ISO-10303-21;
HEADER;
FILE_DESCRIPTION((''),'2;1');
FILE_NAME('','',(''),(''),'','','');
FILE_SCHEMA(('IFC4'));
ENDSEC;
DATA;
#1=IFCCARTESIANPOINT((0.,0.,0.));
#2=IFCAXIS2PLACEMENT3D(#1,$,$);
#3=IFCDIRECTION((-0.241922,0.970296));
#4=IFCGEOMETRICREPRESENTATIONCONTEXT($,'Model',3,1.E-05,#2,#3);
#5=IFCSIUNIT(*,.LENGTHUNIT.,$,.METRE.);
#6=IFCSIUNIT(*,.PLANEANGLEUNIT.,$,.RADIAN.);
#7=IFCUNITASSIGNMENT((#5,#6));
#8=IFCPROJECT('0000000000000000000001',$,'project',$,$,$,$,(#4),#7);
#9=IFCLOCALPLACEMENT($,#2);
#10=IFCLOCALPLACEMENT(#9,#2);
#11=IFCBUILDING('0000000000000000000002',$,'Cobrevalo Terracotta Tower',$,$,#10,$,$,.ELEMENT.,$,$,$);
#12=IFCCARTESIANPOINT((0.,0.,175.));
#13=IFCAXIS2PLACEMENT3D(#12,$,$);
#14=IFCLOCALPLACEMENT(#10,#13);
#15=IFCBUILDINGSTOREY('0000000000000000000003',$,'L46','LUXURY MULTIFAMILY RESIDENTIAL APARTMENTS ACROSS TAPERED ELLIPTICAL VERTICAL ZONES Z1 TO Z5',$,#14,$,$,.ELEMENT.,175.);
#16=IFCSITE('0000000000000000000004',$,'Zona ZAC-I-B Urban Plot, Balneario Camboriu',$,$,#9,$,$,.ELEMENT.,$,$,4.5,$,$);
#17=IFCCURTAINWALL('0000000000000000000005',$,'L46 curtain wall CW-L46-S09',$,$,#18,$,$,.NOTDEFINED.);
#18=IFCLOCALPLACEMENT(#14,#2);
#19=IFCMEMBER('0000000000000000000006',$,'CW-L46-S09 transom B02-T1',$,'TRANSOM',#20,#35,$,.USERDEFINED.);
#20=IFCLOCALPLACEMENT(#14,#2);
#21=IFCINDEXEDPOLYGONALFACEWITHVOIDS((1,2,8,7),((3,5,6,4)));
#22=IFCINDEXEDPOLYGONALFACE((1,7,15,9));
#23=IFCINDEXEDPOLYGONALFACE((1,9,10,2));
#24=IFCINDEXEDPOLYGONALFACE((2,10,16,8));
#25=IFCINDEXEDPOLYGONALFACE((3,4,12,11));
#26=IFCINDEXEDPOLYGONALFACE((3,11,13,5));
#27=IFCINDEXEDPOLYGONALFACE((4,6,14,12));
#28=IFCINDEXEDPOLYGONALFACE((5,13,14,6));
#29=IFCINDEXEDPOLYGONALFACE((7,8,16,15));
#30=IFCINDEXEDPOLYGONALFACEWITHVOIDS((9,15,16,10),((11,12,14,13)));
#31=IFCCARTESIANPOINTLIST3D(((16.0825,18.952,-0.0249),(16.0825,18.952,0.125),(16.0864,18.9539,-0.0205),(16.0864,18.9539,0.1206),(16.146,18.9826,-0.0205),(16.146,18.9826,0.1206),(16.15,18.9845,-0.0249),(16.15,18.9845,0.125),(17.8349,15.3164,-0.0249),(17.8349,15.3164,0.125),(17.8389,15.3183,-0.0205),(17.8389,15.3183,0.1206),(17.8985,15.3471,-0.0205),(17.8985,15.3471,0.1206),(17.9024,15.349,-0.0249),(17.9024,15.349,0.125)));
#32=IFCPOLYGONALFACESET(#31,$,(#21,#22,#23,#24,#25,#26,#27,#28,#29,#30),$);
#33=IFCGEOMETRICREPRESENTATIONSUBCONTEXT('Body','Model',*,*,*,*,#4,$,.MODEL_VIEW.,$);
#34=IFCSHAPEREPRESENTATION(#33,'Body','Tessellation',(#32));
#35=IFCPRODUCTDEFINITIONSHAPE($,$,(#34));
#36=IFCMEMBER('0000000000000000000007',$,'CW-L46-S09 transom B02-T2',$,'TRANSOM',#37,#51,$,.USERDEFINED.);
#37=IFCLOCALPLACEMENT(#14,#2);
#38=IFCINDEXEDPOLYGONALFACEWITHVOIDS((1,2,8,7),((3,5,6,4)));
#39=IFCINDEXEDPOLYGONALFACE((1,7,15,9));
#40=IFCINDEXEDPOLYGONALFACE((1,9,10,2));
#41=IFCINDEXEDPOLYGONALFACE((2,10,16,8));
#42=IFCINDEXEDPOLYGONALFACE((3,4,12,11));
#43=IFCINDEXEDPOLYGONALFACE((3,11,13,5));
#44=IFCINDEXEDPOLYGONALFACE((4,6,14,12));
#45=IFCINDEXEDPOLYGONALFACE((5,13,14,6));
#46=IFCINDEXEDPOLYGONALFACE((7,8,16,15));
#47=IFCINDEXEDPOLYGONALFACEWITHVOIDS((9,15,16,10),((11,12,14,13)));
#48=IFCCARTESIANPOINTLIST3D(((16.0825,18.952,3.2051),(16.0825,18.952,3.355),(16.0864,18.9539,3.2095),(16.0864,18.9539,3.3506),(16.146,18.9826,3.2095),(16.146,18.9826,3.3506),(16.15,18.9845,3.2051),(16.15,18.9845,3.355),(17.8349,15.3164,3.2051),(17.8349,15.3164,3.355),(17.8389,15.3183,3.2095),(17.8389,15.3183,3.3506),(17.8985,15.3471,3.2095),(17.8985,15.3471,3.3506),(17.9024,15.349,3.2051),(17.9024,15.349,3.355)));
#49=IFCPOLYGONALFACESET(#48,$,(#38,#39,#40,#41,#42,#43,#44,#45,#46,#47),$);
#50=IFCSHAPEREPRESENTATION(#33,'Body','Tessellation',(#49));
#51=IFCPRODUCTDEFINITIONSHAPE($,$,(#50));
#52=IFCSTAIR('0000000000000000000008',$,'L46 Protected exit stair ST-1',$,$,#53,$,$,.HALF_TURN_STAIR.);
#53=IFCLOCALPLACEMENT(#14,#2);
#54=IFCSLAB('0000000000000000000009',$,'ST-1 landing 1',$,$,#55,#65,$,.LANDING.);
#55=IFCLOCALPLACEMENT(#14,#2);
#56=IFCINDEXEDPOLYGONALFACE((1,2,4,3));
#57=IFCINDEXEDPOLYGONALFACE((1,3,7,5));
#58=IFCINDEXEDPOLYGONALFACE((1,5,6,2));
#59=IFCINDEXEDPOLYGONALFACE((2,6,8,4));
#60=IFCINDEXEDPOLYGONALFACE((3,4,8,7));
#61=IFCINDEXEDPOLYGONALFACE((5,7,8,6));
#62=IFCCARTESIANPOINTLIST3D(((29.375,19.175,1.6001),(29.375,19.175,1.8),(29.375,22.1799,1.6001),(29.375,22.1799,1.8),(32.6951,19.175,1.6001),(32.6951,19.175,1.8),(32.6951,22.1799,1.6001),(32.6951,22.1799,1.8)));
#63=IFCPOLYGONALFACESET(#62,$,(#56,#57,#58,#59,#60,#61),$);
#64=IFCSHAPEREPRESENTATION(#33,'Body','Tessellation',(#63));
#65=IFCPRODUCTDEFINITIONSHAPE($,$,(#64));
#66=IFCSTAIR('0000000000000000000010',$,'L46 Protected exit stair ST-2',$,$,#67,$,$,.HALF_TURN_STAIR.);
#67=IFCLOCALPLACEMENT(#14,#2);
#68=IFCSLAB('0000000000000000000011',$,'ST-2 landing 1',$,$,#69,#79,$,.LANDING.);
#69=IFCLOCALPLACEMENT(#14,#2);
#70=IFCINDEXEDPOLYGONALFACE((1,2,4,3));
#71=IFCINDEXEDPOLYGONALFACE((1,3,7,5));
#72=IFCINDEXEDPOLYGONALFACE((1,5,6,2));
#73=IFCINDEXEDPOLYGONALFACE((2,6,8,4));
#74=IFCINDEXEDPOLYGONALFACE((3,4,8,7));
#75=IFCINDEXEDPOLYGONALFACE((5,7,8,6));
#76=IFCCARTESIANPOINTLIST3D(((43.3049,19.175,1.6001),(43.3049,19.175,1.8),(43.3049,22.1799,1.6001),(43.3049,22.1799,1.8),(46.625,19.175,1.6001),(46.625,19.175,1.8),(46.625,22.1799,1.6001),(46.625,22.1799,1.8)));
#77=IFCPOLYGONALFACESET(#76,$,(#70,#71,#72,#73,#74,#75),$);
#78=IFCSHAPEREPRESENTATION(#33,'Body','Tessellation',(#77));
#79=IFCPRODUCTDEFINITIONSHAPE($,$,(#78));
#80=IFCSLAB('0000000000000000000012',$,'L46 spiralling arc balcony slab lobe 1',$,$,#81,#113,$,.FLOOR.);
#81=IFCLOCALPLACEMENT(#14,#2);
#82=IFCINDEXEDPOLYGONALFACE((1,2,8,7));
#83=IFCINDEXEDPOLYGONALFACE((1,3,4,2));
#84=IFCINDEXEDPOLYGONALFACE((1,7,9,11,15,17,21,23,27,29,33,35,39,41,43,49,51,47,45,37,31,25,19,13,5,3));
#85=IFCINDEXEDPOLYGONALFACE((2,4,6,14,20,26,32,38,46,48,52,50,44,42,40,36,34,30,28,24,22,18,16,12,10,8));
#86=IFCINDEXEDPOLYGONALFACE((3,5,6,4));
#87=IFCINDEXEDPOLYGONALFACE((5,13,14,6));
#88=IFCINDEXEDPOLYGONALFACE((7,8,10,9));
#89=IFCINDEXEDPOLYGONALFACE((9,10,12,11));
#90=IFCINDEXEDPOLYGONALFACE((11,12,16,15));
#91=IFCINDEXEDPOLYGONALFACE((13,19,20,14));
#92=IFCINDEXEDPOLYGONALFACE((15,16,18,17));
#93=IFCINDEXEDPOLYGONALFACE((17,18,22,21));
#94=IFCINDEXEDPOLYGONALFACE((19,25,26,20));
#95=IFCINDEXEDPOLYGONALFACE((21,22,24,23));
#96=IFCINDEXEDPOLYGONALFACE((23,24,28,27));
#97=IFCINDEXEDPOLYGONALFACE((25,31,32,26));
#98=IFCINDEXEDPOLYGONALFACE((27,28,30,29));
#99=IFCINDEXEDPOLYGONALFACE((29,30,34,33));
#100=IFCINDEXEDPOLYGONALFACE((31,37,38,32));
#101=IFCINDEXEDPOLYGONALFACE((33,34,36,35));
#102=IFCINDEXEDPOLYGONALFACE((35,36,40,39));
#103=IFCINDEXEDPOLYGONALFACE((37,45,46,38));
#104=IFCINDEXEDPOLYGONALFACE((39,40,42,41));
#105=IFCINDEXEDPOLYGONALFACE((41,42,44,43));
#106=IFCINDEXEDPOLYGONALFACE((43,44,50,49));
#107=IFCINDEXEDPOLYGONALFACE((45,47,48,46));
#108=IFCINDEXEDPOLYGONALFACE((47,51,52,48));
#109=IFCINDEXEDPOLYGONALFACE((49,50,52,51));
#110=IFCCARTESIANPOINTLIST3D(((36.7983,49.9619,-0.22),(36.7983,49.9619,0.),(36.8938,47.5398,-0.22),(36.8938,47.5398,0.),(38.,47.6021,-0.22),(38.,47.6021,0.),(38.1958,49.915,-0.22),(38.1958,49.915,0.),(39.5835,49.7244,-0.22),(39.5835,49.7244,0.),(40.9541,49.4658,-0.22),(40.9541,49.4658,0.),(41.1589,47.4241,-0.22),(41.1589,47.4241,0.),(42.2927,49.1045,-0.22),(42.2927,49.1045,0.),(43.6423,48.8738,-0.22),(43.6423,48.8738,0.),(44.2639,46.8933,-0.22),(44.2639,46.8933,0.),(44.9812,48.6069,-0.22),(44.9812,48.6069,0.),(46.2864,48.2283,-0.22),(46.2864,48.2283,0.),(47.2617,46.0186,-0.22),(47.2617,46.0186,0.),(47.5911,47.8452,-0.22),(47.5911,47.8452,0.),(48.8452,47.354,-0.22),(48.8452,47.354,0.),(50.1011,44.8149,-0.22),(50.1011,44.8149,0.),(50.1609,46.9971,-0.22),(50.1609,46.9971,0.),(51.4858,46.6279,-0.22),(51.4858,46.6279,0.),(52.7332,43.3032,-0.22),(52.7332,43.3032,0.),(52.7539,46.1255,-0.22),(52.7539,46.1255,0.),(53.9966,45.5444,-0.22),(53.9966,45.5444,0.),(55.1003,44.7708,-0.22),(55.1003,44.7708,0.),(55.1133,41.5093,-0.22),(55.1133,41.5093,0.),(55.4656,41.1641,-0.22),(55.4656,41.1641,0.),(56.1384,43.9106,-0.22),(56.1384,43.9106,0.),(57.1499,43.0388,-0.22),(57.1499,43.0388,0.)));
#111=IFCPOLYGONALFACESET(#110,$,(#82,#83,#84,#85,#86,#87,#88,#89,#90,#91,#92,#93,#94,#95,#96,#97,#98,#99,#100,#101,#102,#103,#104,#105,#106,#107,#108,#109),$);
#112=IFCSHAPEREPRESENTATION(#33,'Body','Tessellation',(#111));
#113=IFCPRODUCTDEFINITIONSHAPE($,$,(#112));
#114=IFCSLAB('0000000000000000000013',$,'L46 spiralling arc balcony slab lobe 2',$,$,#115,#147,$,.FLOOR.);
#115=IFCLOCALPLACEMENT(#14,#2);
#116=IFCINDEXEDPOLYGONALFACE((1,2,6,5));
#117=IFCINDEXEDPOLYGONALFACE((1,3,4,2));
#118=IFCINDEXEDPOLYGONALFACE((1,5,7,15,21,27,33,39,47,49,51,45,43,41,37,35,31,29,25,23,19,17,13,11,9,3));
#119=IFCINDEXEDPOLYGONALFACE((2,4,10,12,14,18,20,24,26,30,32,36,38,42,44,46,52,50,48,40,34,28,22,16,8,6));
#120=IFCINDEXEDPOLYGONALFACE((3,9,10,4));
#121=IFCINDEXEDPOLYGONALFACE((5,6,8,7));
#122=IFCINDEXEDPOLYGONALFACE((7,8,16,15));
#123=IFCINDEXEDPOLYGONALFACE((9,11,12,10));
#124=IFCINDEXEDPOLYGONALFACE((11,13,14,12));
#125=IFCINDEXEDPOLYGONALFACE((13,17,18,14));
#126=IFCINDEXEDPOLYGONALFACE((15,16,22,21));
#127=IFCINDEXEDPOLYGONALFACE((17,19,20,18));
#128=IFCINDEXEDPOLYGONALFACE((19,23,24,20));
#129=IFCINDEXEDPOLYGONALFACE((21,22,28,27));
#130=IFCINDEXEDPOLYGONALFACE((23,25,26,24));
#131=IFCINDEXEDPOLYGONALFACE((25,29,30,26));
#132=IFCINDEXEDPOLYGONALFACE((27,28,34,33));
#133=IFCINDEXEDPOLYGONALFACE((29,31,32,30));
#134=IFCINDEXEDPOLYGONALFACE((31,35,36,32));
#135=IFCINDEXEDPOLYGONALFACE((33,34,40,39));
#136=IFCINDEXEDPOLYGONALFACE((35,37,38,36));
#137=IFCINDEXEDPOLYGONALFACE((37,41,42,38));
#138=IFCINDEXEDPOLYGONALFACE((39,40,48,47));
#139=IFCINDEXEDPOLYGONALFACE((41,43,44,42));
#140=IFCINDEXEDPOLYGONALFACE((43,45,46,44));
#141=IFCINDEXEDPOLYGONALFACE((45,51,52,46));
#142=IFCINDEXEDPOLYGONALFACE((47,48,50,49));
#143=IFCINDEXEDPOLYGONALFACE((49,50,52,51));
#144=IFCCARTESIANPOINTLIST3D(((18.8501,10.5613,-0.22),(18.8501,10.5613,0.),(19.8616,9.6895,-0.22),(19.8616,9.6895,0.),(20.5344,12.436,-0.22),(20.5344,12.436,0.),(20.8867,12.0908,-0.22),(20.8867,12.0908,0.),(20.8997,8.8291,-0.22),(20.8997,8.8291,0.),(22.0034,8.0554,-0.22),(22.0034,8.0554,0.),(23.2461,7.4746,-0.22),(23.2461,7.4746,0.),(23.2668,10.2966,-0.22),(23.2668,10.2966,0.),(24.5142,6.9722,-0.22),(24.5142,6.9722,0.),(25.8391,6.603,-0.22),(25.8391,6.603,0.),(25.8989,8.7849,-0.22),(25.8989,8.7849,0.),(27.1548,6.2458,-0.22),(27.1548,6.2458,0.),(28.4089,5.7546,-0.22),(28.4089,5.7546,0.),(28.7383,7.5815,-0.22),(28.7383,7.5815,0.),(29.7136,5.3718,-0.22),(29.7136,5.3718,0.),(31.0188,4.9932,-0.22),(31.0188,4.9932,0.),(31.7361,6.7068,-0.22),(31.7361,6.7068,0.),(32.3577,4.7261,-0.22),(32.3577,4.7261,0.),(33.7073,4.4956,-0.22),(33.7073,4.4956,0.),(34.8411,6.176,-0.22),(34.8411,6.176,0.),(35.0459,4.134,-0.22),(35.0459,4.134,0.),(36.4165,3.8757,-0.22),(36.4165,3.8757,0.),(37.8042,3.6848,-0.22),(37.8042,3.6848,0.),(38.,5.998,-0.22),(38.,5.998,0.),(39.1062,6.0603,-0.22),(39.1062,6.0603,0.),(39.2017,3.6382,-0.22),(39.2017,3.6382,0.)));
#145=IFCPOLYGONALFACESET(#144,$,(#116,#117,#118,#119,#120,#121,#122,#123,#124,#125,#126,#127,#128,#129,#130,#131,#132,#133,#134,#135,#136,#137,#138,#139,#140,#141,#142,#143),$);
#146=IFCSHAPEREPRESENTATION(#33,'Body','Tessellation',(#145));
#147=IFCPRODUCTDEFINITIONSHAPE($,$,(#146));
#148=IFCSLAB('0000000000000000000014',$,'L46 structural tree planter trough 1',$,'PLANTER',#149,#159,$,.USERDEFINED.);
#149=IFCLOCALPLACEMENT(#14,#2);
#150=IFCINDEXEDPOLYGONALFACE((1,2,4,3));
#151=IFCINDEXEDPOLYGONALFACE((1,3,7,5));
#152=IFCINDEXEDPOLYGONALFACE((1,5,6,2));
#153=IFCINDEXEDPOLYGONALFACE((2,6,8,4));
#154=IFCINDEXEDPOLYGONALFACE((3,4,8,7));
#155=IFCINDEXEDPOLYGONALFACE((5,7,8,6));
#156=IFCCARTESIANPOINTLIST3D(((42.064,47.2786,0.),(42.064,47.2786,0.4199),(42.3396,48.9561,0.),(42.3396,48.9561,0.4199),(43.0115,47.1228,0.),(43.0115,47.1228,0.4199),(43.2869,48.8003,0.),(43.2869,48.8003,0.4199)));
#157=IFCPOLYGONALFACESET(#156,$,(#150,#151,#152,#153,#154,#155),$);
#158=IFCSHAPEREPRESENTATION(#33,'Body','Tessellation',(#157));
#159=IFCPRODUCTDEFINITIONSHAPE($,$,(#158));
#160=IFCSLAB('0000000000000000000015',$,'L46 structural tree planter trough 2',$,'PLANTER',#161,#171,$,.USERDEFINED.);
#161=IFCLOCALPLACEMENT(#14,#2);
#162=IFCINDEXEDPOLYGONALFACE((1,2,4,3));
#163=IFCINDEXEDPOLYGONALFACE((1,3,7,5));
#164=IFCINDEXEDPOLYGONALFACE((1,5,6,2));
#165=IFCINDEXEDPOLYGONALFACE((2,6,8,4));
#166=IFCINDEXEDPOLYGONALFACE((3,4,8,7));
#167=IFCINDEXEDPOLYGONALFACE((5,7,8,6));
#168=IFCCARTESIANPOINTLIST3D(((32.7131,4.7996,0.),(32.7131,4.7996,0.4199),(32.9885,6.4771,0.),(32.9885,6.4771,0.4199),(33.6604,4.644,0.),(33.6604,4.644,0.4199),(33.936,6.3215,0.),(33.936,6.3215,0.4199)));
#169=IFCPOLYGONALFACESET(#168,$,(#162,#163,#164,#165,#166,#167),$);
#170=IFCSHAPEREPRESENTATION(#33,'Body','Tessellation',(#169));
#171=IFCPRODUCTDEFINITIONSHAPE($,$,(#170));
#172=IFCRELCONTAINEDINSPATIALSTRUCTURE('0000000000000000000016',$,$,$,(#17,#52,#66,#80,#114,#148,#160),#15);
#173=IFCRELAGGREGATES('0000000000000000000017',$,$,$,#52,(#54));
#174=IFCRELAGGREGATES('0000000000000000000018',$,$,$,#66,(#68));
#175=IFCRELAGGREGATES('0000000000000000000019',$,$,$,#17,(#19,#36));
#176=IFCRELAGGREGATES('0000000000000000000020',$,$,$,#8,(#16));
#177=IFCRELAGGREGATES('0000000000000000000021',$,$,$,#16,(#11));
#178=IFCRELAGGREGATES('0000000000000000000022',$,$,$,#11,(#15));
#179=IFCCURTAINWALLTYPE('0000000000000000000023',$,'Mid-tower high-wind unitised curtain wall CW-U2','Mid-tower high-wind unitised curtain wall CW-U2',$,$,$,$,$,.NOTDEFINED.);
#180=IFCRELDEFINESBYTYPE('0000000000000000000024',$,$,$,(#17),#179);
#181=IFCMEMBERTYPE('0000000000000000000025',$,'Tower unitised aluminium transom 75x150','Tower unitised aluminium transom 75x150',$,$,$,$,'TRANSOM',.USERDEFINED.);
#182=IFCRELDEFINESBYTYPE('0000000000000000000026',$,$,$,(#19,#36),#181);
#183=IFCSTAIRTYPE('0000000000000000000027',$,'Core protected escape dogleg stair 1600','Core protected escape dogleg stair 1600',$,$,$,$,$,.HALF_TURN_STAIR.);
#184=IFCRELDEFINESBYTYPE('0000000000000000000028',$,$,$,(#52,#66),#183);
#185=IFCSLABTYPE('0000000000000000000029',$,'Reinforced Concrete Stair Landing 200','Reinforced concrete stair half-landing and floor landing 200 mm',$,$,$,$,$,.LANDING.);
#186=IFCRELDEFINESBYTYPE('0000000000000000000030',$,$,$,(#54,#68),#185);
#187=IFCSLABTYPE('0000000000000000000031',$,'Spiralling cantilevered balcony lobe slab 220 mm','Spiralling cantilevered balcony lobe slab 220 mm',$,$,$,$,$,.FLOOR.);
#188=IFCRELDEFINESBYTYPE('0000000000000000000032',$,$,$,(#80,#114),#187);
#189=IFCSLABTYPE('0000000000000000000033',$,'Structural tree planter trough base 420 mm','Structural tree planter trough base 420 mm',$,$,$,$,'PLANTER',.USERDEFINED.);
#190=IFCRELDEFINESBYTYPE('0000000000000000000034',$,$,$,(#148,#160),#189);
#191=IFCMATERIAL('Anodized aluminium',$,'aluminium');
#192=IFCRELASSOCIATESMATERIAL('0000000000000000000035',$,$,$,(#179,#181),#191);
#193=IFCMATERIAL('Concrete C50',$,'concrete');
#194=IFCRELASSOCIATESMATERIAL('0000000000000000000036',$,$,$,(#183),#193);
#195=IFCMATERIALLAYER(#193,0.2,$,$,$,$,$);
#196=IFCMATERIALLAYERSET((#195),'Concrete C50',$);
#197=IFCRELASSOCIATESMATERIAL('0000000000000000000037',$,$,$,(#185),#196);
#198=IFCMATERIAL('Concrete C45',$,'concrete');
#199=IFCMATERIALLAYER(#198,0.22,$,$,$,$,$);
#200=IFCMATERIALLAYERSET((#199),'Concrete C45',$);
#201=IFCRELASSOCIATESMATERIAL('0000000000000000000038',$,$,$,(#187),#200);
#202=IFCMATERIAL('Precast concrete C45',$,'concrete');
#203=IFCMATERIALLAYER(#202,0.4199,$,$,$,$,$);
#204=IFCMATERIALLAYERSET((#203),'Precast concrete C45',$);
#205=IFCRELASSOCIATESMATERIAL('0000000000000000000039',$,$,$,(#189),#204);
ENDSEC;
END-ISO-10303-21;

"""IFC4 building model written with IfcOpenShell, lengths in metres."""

from ifc_helpers import new_model, si_unit, direction, frame, origin, origin_2d, place, context, subcontext, project, spatial, polyline, hollow_rectangle, outline, extrude, source, transform, mapped, material, layer, layer_set, material_profile, profile_set, type_object, element, aggregate, save


model = new_model("IFC4")

# Units and contexts
model_context = context("Model", 3, precision=1e-05, world=origin(), true_north=direction((-0.241922, 0.970296)))
body_context = subcontext(model_context, "Body", "Model", "MODEL_VIEW")
ifc_project = project(units=[si_unit("LENGTHUNIT", "METRE"), si_unit("PLANEANGLEUNIT", "RADIAN")], contexts=[model_context])

# Site, building, storey
site_placement = place(None, origin())
site = spatial("IfcSite", under=ifc_project, at=site_placement, Name="Zona ZAC-I-B Urban Plot, Balneario Camboriu", CompositionType="ELEMENT", RefElevation=4.5)
building_placement = place(site_placement, origin())
building = spatial("IfcBuilding", under=site, at=building_placement, Name="Cobrevalo Terracotta Tower", CompositionType="ELEMENT")
storey_placement = place(building_placement, frame((0.0, 0.0, 175.0)))
storey = spatial("IfcBuildingStorey", under=building, at=storey_placement, Name="L46", Description="LUXURY MULTIFAMILY RESIDENTIAL APARTMENTS ACROSS TAPERED ELLIPTICAL VERTICAL ZONES Z1 TO Z5", CompositionType="ELEMENT", Elevation=175.0)

# Shared definitions
ifc_material_1 = material(Name="Anodized aluminium", Category="aluminium")
curtain_wall_type = type_object("IfcCurtainWallType", Name="Mid-tower high-wind unitised curtain wall CW-U2", Description="Mid-tower high-wind unitised curtain wall CW-U2", PredefinedType="NOTDEFINED", material=ifc_material_1)

# Curtain wall, members
curtain_wall_1_placement = place(storey_placement, origin())
curtain_wall_1 = element("IfcCurtainWall", 1, at=curtain_wall_1_placement, inside=storey, type_object=curtain_wall_type, Name="L46 curtain wall CW-L46-S09", PredefinedType="NOTDEFINED")
ifc_material_profile_1 = material_profile(ifc_material_1, hollow_rectangle(XDim=0.075, YDim=0.1499, WallThickness=0.0044, at=origin_2d()), Name="CWT 75x150")
ifc_profile_set_1 = profile_set([ifc_material_profile_1], Name="Anodized aluminium")
member_type_1 = type_object("IfcMemberType", Name="Tower unitised aluminium transom 75x150", Description="Tower unitised aluminium transom 75x150", ElementType="TRANSOM", PredefinedType="USERDEFINED", material=ifc_profile_set_1)
shared_shape_1 = source(origin(), body_context, "Body", "SweptSolid", [
    extrude(hollow_rectangle(XDim=0.075, YDim=0.1499, WallThickness=0.0044, at=origin_2d()), origin(), (0.0, 0.0, 1.0), 4.0359),
])
member_1_placement = place(storey_placement, frame((16.1162, 18.9683, 0.05), z_axis=(0.434221, -0.900806, 0.0), x_axis=(0.900806, 0.434221, 0.0)))
member_1 = element("IfcMember", 2, at=member_1_placement, type_object=member_type_1, Name="CW-L46-S09 transom B02-T1", ObjectType="TRANSOM", PredefinedType="USERDEFINED", context=body_context, shape_type="MappedRepresentation", body=[
    mapped(shared_shape_1, transform((0.0, 0.0, 0.0), scale=1.0)),
])
member_2_placement = place(storey_placement, frame((16.1162, 18.9683, 3.28), z_axis=(0.434221, -0.900806, 0.0), x_axis=(0.900806, 0.434221, 0.0)))
member_2 = element("IfcMember", 3, at=member_2_placement, type_object=member_type_1, Name="CW-L46-S09 transom B02-T2", ObjectType="TRANSOM", PredefinedType="USERDEFINED", context=body_context, shape_type="MappedRepresentation", body=[
    mapped(shared_shape_1, transform((0.0, 0.0, 0.0), scale=1.0)),
])

# Stairs, slabs
ifc_material_2 = material(Name="Concrete C50", Category="concrete")
stair_type = type_object("IfcStairType", Name="Core protected escape dogleg stair 1600", Description="Core protected escape dogleg stair 1600", PredefinedType="HALF_TURN_STAIR", material=ifc_material_2)
stair_1_placement = place(storey_placement, origin())
stair_1 = element("IfcStair", 4, at=stair_1_placement, inside=storey, type_object=stair_type, Name="L46 Protected exit stair ST-1", PredefinedType="HALF_TURN_STAIR")
ifc_layer_1 = layer(ifc_material_2, 0.2)
ifc_layer_set_1 = layer_set([ifc_layer_1], Name="Concrete C50")
slab_type_1 = type_object("IfcSlabType", Name="Reinforced Concrete Stair Landing 200", Description="Reinforced concrete stair half-landing and floor landing 200 mm", PredefinedType="LANDING", material=ifc_layer_set_1)
slab_1_placement = place(storey_placement, frame((0.0, 0.0, 1.6001)))
slab_1 = element("IfcSlab", 5, at=slab_1_placement, type_object=slab_type_1, Name="ST-1 landing 1", PredefinedType="LANDING", context=body_context, shape_type="SweptSolid", body=[
    extrude(outline(polyline([(29.375, 22.1799), (29.375, 19.175), (32.6951, 19.175), (32.6951, 22.1799), (29.375, 22.1799)])), origin(), (0.0, 0.0, 1.0), 0.2),
])
aggregate(stair_1, [slab_1])
stair_2_placement = place(storey_placement, origin())
stair_2 = element("IfcStair", 6, at=stair_2_placement, inside=storey, type_object=stair_type, Name="L46 Protected exit stair ST-2", PredefinedType="HALF_TURN_STAIR")
slab_2_placement = place(storey_placement, frame((0.0, 0.0, 1.6001)))
slab_2 = element("IfcSlab", 7, at=slab_2_placement, type_object=slab_type_1, Name="ST-2 landing 1", PredefinedType="LANDING", context=body_context, shape_type="SweptSolid", body=[
    extrude(outline(polyline([(43.3049, 22.1799), (43.3049, 19.175), (46.625, 19.175), (46.625, 22.1799), (43.3049, 22.1799)])), origin(), (0.0, 0.0, 1.0), 0.2),
])
aggregate(stair_2, [slab_2])

# Slabs
ifc_material_3 = material(Name="Concrete C45", Category="concrete")
ifc_layer_2 = layer(ifc_material_3, 0.22)
ifc_layer_set_2 = layer_set([ifc_layer_2], Name="Concrete C45")
slab_type_2 = type_object("IfcSlabType", Name="Spiralling cantilevered balcony lobe slab 220 mm", Description="Spiralling cantilevered balcony lobe slab 220 mm", PredefinedType="FLOOR", material=ifc_layer_set_2)
slab_3_placement = place(storey_placement, frame((0.0, 0.0, -0.22)))
element("IfcSlab", 8, at=slab_3_placement, inside=storey, type_object=slab_type_2, Name="L46 spiralling arc balcony slab lobe 1", PredefinedType="FLOOR", context=body_context, shape_type="SweptSolid", body=[
    extrude(outline(polyline([(57.1499, 43.0388), (56.1384, 43.9106), (55.1003, 44.7708), (53.9966, 45.5444), (52.7539, 46.1255), (51.4858, 46.6279), (50.1609, 46.9971), (48.8452, 47.354), (47.5911, 47.8452), (46.2864, 48.2283), (44.9812, 48.6069), (43.6423, 48.8738), (42.2927, 49.1045), (40.9541, 49.4658), (39.5835, 49.7244), (38.1958, 49.915), (36.7983, 49.9619), (36.8938, 47.5398), (38.0, 47.6021), (41.1589, 47.4241), (44.2639, 46.8933), (47.2617, 46.0186), (50.1011, 44.8149), (52.7332, 43.3032), (55.1133, 41.5093), (55.4656, 41.1641), (57.1499, 43.0388)])), origin(), (0.0, 0.0, 1.0), 0.22),
])
slab_4_placement = place(storey_placement, frame((0.0, 0.0, -0.22)))
element("IfcSlab", 9, at=slab_4_placement, inside=storey, type_object=slab_type_2, Name="L46 spiralling arc balcony slab lobe 2", PredefinedType="FLOOR", context=body_context, shape_type="SweptSolid", body=[
    extrude(outline(polyline([(18.8501, 10.5613), (19.8616, 9.6895), (20.8997, 8.8291), (22.0034, 8.0554), (23.2461, 7.4746), (24.5142, 6.9722), (25.8391, 6.603), (27.1548, 6.2458), (28.4089, 5.7546), (29.7136, 5.3718), (31.0188, 4.9932), (32.3577, 4.7261), (33.7073, 4.4956), (35.0459, 4.134), (36.4165, 3.8757), (37.8042, 3.6848), (39.2017, 3.6382), (39.1062, 6.0603), (38.0, 5.998), (34.8411, 6.176), (31.7361, 6.7068), (28.7383, 7.5815), (25.8989, 8.7849), (23.2668, 10.2966), (20.8867, 12.0908), (20.5344, 12.436), (18.8501, 10.5613)])), origin(), (0.0, 0.0, 1.0), 0.22),
])
ifc_material_4 = material(Name="Precast concrete C45", Category="concrete")
ifc_layer_3 = layer(ifc_material_4, 0.4199)
ifc_layer_set_3 = layer_set([ifc_layer_3], Name="Precast concrete C45")
slab_type_3 = type_object("IfcSlabType", Name="Structural tree planter trough base 420 mm", Description="Structural tree planter trough base 420 mm", ElementType="PLANTER", PredefinedType="USERDEFINED", material=ifc_layer_set_3)
slab_5_placement = place(storey_placement, origin())
element("IfcSlab", 10, at=slab_5_placement, inside=storey, type_object=slab_type_3, Name="L46 structural tree planter trough 1", ObjectType="PLANTER", PredefinedType="USERDEFINED", context=body_context, shape_type="SweptSolid", body=[
    extrude(outline(polyline([(43.0115, 47.1228), (43.2869, 48.8003), (42.3396, 48.9561), (42.064, 47.2786), (43.0115, 47.1228)])), origin(), (0.0, 0.0, 1.0), 0.4199),
])
slab_6_placement = place(storey_placement, origin())
element("IfcSlab", 11, at=slab_6_placement, inside=storey, type_object=slab_type_3, Name="L46 structural tree planter trough 2", ObjectType="PLANTER", PredefinedType="USERDEFINED", context=body_context, shape_type="SweptSolid", body=[
    extrude(outline(polyline([(32.9885, 6.4771), (32.7131, 4.7996), (33.6604, 4.644), (33.936, 6.3215), (32.9885, 6.4771)])), origin(), (0.0, 0.0, 1.0), 0.4199),
])

aggregate(curtain_wall_1, [member_1, member_2])

save(model, "model.ifc")
